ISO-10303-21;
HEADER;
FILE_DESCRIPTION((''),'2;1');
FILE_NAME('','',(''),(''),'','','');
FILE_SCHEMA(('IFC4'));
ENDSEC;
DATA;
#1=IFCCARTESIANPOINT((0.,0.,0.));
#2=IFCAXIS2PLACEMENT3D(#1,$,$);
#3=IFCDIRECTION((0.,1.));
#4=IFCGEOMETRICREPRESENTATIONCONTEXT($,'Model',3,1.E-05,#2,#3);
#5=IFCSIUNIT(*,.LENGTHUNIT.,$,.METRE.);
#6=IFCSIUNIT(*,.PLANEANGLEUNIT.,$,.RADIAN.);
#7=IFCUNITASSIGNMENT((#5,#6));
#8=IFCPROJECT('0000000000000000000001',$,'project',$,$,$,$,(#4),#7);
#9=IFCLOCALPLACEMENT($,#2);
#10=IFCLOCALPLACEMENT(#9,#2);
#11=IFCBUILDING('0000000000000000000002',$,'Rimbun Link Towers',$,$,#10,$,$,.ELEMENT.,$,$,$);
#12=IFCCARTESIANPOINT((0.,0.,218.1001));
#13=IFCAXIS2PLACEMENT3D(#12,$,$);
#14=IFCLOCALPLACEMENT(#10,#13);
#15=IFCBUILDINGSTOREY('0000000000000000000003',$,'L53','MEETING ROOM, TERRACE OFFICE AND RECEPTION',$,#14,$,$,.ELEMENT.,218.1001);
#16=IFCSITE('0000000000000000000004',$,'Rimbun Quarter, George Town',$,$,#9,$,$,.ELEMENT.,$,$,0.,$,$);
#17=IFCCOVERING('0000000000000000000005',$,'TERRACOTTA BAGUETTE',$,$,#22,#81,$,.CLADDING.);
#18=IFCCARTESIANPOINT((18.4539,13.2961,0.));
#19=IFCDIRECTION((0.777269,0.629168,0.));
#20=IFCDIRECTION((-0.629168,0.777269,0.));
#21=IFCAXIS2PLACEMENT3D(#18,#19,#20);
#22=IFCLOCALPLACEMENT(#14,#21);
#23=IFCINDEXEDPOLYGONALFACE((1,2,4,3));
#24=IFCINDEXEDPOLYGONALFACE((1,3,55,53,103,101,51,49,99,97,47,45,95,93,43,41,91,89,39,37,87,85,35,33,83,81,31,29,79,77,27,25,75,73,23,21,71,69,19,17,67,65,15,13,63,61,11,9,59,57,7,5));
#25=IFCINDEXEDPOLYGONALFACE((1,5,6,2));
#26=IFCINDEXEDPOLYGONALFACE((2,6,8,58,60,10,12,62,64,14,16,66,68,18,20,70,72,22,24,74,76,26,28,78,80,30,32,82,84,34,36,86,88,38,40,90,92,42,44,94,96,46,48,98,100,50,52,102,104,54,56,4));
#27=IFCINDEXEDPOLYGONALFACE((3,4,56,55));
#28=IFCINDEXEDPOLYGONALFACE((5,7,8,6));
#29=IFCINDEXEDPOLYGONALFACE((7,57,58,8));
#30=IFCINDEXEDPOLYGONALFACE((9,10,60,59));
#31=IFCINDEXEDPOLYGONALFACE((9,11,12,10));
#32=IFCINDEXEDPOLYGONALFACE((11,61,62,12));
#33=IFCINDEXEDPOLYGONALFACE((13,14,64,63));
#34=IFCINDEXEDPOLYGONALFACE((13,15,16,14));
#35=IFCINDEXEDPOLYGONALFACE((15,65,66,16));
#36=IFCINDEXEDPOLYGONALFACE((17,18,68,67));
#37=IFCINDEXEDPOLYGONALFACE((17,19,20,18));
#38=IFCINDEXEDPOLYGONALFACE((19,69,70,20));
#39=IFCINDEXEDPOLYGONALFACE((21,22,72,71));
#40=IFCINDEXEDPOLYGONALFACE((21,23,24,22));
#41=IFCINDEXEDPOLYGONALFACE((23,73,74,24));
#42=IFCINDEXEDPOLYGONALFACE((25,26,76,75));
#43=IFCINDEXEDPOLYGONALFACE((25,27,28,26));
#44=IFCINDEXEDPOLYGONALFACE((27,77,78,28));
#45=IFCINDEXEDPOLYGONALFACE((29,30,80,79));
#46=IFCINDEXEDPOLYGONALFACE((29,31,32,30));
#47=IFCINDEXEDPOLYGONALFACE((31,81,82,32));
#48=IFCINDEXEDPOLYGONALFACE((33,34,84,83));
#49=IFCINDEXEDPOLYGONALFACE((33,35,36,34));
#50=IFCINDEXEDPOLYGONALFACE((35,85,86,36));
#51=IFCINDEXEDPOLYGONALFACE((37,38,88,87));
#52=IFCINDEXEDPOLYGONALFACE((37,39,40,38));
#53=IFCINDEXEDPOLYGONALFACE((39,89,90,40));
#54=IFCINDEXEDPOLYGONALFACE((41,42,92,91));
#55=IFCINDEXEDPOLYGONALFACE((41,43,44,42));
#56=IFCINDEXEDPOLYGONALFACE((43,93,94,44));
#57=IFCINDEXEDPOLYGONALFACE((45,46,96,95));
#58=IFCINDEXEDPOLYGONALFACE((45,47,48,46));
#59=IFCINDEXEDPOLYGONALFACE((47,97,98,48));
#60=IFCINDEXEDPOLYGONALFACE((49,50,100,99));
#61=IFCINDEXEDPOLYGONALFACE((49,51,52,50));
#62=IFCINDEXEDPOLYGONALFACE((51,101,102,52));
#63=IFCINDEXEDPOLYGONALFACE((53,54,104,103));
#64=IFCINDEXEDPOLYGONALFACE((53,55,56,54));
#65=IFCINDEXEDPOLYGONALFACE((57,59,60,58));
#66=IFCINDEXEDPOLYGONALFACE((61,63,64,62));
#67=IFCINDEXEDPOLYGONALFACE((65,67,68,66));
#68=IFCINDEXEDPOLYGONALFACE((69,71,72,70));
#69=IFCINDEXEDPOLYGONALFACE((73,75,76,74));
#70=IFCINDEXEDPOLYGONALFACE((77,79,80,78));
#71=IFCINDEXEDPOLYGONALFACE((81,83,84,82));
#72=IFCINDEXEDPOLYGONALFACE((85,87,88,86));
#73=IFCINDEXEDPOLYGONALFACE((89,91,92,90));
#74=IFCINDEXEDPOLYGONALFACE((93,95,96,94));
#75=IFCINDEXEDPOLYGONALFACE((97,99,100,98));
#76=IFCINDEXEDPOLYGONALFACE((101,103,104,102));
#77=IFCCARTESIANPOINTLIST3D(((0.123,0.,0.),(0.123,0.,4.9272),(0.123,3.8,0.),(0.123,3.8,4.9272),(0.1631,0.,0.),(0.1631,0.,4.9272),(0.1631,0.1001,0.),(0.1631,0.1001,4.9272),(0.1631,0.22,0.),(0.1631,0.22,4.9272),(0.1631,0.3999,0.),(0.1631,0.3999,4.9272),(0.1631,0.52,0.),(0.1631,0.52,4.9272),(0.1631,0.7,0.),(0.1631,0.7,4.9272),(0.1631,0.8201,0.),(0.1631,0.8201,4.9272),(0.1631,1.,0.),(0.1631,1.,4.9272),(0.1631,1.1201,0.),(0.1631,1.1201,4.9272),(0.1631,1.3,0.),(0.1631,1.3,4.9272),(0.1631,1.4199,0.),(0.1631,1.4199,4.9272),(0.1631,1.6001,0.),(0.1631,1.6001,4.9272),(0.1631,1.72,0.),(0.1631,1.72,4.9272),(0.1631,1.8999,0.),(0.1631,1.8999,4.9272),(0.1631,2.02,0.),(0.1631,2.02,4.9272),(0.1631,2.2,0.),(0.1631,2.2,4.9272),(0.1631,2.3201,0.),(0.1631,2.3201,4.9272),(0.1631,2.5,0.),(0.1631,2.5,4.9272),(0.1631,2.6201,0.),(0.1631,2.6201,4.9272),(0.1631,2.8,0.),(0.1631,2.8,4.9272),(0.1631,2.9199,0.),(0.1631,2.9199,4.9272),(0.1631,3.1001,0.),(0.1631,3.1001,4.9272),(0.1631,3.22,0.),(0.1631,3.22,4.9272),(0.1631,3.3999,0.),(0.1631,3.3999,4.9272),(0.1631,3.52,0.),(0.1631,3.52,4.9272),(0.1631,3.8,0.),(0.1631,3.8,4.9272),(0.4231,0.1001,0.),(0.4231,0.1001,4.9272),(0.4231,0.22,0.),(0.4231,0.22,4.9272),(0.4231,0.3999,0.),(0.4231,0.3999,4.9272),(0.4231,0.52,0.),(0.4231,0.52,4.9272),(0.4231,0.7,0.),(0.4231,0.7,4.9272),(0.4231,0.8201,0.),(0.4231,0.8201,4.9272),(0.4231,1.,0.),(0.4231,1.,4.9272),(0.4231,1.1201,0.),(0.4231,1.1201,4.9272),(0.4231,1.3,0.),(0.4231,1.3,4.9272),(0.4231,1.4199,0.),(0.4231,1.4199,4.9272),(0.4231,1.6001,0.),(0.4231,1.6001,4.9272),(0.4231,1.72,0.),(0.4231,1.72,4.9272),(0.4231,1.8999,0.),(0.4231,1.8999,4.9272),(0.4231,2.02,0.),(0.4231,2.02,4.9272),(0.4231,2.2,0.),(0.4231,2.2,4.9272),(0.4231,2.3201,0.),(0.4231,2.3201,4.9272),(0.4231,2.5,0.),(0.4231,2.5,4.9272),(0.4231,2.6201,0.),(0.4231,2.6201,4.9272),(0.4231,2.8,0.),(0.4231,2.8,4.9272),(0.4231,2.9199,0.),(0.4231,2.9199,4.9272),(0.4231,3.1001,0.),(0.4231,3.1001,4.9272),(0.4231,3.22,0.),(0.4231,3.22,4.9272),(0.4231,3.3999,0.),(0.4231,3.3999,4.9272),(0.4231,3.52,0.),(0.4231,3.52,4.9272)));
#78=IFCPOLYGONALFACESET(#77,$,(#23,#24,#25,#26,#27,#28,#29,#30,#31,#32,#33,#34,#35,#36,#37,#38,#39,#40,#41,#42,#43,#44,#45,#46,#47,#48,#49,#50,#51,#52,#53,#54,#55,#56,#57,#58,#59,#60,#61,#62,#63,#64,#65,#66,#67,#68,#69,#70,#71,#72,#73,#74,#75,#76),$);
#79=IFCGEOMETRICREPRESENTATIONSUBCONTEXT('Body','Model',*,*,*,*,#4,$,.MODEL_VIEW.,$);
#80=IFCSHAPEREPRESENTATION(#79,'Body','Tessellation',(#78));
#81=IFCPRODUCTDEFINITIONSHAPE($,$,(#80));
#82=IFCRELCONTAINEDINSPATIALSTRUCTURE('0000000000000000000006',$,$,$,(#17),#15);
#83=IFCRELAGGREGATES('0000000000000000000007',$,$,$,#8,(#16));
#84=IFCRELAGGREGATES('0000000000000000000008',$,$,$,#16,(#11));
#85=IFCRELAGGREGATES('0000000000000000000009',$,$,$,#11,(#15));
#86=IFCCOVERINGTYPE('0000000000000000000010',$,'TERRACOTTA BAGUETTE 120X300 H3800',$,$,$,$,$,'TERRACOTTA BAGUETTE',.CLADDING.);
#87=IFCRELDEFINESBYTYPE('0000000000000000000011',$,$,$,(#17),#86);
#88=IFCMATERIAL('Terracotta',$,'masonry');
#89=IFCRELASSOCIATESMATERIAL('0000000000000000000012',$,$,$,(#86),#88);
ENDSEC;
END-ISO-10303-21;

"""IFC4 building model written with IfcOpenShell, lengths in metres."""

from ifc_helpers import new_model, si_unit, direction, frame, origin, place, context, subcontext, project, spatial, polyline, outline, extrude, material, material_profile, profile_set, type_object, element, save


model = new_model("IFC4")

# Units and contexts
model_context = context("Model", 3, precision=1e-05, world=origin(), true_north=direction((0.0, 1.0)))
body_context = subcontext(model_context, "Body", "Model", "MODEL_VIEW")
ifc_project = project(units=[si_unit("LENGTHUNIT", "METRE"), si_unit("PLANEANGLEUNIT", "RADIAN")], contexts=[model_context])

# Site, building, storey
site_placement = place(None, origin())
site = spatial("IfcSite", under=ifc_project, at=site_placement, Name="Rimbun Quarter, George Town", CompositionType="ELEMENT", RefElevation=0.0)
building_placement = place(site_placement, origin())
building = spatial("IfcBuilding", under=site, at=building_placement, Name="Rimbun Link Towers", CompositionType="ELEMENT")
storey_placement = place(building_placement, frame((0.0, 0.0, 218.1001)))
storey = spatial("IfcBuildingStorey", under=building, at=storey_placement, Name="L53", Description="MEETING ROOM, TERRACE OFFICE AND RECEPTION", CompositionType="ELEMENT", Elevation=218.1001)

# Covering
ifc_material_1 = material(Name="Terracotta", Category="masonry")
ifc_material_profile_1 = material_profile(ifc_material_1, outline(polyline([(0.123, 0.0), (0.1631, 0.0), (0.1631, 0.1001), (0.4231, 0.1001), (0.4231, 0.22), (0.1631, 0.22), (0.1631, 0.3999), (0.4231, 0.3999), (0.4231, 0.52), (0.1631, 0.52), (0.1631, 0.7), (0.4231, 0.7), (0.4231, 0.8201), (0.1631, 0.8201), (0.1631, 1.0), (0.4231, 1.0), (0.4231, 1.1201), (0.1631, 1.1201), (0.1631, 1.3), (0.4231, 1.3), (0.4231, 1.4199), (0.1631, 1.4199), (0.1631, 1.6001), (0.4231, 1.6001), (0.4231, 1.72), (0.1631, 1.72), (0.1631, 1.8999), (0.4231, 1.8999), (0.4231, 2.02), (0.1631, 2.02), (0.1631, 2.2), (0.4231, 2.2), (0.4231, 2.3201), (0.1631, 2.3201), (0.1631, 2.5), (0.4231, 2.5), (0.4231, 2.6201), (0.1631, 2.6201), (0.1631, 2.8), (0.4231, 2.8), (0.4231, 2.9199), (0.1631, 2.9199), (0.1631, 3.1001), (0.4231, 3.1001), (0.4231, 3.22), (0.1631, 3.22), (0.1631, 3.3999), (0.4231, 3.3999), (0.4231, 3.52), (0.1631, 3.52), (0.1631, 3.8), (0.123, 3.8), (0.123, 0.0)])), Name="BAGUETTE 120X300")
ifc_profile_set_1 = profile_set([ifc_material_profile_1], Name="Terracotta")
covering_type = type_object("IfcCoveringType", Name="TERRACOTTA BAGUETTE 120X300 H3800", ElementType="TERRACOTTA BAGUETTE", PredefinedType="CLADDING", material=ifc_profile_set_1)
covering_1_placement = place(storey_placement, frame((18.4539, 13.2961, 0.0), z_axis=(0.777269, 0.629168, 0.0), x_axis=(-0.629168, 0.777269, 0.0)))
element("IfcCovering", 1, at=covering_1_placement, inside=storey, type_object=covering_type, Name="TERRACOTTA BAGUETTE", PredefinedType="CLADDING", context=body_context, shape_type="SweptSolid", body=[
    extrude(outline(polyline([(0.123, 0.0), (0.1631, 0.0), (0.1631, 0.1001), (0.4231, 0.1001), (0.4231, 0.22), (0.1631, 0.22), (0.1631, 0.3999), (0.4231, 0.3999), (0.4231, 0.52), (0.1631, 0.52), (0.1631, 0.7), (0.4231, 0.7), (0.4231, 0.8201), (0.1631, 0.8201), (0.1631, 1.0), (0.4231, 1.0), (0.4231, 1.1201), (0.1631, 1.1201), (0.1631, 1.3), (0.4231, 1.3), (0.4231, 1.4199), (0.1631, 1.4199), (0.1631, 1.6001), (0.4231, 1.6001), (0.4231, 1.72), (0.1631, 1.72), (0.1631, 1.8999), (0.4231, 1.8999), (0.4231, 2.02), (0.1631, 2.02), (0.1631, 2.2), (0.4231, 2.2), (0.4231, 2.3201), (0.1631, 2.3201), (0.1631, 2.5), (0.4231, 2.5), (0.4231, 2.6201), (0.1631, 2.6201), (0.1631, 2.8), (0.4231, 2.8), (0.4231, 2.9199), (0.1631, 2.9199), (0.1631, 3.1001), (0.4231, 3.1001), (0.4231, 3.22), (0.1631, 3.22), (0.1631, 3.3999), (0.4231, 3.3999), (0.4231, 3.52), (0.1631, 3.52), (0.1631, 3.8), (0.123, 3.8), (0.123, 0.0)])), origin(), (0.0, 0.0, 1.0), 4.9272),
])

save(model, "model.ifc")
